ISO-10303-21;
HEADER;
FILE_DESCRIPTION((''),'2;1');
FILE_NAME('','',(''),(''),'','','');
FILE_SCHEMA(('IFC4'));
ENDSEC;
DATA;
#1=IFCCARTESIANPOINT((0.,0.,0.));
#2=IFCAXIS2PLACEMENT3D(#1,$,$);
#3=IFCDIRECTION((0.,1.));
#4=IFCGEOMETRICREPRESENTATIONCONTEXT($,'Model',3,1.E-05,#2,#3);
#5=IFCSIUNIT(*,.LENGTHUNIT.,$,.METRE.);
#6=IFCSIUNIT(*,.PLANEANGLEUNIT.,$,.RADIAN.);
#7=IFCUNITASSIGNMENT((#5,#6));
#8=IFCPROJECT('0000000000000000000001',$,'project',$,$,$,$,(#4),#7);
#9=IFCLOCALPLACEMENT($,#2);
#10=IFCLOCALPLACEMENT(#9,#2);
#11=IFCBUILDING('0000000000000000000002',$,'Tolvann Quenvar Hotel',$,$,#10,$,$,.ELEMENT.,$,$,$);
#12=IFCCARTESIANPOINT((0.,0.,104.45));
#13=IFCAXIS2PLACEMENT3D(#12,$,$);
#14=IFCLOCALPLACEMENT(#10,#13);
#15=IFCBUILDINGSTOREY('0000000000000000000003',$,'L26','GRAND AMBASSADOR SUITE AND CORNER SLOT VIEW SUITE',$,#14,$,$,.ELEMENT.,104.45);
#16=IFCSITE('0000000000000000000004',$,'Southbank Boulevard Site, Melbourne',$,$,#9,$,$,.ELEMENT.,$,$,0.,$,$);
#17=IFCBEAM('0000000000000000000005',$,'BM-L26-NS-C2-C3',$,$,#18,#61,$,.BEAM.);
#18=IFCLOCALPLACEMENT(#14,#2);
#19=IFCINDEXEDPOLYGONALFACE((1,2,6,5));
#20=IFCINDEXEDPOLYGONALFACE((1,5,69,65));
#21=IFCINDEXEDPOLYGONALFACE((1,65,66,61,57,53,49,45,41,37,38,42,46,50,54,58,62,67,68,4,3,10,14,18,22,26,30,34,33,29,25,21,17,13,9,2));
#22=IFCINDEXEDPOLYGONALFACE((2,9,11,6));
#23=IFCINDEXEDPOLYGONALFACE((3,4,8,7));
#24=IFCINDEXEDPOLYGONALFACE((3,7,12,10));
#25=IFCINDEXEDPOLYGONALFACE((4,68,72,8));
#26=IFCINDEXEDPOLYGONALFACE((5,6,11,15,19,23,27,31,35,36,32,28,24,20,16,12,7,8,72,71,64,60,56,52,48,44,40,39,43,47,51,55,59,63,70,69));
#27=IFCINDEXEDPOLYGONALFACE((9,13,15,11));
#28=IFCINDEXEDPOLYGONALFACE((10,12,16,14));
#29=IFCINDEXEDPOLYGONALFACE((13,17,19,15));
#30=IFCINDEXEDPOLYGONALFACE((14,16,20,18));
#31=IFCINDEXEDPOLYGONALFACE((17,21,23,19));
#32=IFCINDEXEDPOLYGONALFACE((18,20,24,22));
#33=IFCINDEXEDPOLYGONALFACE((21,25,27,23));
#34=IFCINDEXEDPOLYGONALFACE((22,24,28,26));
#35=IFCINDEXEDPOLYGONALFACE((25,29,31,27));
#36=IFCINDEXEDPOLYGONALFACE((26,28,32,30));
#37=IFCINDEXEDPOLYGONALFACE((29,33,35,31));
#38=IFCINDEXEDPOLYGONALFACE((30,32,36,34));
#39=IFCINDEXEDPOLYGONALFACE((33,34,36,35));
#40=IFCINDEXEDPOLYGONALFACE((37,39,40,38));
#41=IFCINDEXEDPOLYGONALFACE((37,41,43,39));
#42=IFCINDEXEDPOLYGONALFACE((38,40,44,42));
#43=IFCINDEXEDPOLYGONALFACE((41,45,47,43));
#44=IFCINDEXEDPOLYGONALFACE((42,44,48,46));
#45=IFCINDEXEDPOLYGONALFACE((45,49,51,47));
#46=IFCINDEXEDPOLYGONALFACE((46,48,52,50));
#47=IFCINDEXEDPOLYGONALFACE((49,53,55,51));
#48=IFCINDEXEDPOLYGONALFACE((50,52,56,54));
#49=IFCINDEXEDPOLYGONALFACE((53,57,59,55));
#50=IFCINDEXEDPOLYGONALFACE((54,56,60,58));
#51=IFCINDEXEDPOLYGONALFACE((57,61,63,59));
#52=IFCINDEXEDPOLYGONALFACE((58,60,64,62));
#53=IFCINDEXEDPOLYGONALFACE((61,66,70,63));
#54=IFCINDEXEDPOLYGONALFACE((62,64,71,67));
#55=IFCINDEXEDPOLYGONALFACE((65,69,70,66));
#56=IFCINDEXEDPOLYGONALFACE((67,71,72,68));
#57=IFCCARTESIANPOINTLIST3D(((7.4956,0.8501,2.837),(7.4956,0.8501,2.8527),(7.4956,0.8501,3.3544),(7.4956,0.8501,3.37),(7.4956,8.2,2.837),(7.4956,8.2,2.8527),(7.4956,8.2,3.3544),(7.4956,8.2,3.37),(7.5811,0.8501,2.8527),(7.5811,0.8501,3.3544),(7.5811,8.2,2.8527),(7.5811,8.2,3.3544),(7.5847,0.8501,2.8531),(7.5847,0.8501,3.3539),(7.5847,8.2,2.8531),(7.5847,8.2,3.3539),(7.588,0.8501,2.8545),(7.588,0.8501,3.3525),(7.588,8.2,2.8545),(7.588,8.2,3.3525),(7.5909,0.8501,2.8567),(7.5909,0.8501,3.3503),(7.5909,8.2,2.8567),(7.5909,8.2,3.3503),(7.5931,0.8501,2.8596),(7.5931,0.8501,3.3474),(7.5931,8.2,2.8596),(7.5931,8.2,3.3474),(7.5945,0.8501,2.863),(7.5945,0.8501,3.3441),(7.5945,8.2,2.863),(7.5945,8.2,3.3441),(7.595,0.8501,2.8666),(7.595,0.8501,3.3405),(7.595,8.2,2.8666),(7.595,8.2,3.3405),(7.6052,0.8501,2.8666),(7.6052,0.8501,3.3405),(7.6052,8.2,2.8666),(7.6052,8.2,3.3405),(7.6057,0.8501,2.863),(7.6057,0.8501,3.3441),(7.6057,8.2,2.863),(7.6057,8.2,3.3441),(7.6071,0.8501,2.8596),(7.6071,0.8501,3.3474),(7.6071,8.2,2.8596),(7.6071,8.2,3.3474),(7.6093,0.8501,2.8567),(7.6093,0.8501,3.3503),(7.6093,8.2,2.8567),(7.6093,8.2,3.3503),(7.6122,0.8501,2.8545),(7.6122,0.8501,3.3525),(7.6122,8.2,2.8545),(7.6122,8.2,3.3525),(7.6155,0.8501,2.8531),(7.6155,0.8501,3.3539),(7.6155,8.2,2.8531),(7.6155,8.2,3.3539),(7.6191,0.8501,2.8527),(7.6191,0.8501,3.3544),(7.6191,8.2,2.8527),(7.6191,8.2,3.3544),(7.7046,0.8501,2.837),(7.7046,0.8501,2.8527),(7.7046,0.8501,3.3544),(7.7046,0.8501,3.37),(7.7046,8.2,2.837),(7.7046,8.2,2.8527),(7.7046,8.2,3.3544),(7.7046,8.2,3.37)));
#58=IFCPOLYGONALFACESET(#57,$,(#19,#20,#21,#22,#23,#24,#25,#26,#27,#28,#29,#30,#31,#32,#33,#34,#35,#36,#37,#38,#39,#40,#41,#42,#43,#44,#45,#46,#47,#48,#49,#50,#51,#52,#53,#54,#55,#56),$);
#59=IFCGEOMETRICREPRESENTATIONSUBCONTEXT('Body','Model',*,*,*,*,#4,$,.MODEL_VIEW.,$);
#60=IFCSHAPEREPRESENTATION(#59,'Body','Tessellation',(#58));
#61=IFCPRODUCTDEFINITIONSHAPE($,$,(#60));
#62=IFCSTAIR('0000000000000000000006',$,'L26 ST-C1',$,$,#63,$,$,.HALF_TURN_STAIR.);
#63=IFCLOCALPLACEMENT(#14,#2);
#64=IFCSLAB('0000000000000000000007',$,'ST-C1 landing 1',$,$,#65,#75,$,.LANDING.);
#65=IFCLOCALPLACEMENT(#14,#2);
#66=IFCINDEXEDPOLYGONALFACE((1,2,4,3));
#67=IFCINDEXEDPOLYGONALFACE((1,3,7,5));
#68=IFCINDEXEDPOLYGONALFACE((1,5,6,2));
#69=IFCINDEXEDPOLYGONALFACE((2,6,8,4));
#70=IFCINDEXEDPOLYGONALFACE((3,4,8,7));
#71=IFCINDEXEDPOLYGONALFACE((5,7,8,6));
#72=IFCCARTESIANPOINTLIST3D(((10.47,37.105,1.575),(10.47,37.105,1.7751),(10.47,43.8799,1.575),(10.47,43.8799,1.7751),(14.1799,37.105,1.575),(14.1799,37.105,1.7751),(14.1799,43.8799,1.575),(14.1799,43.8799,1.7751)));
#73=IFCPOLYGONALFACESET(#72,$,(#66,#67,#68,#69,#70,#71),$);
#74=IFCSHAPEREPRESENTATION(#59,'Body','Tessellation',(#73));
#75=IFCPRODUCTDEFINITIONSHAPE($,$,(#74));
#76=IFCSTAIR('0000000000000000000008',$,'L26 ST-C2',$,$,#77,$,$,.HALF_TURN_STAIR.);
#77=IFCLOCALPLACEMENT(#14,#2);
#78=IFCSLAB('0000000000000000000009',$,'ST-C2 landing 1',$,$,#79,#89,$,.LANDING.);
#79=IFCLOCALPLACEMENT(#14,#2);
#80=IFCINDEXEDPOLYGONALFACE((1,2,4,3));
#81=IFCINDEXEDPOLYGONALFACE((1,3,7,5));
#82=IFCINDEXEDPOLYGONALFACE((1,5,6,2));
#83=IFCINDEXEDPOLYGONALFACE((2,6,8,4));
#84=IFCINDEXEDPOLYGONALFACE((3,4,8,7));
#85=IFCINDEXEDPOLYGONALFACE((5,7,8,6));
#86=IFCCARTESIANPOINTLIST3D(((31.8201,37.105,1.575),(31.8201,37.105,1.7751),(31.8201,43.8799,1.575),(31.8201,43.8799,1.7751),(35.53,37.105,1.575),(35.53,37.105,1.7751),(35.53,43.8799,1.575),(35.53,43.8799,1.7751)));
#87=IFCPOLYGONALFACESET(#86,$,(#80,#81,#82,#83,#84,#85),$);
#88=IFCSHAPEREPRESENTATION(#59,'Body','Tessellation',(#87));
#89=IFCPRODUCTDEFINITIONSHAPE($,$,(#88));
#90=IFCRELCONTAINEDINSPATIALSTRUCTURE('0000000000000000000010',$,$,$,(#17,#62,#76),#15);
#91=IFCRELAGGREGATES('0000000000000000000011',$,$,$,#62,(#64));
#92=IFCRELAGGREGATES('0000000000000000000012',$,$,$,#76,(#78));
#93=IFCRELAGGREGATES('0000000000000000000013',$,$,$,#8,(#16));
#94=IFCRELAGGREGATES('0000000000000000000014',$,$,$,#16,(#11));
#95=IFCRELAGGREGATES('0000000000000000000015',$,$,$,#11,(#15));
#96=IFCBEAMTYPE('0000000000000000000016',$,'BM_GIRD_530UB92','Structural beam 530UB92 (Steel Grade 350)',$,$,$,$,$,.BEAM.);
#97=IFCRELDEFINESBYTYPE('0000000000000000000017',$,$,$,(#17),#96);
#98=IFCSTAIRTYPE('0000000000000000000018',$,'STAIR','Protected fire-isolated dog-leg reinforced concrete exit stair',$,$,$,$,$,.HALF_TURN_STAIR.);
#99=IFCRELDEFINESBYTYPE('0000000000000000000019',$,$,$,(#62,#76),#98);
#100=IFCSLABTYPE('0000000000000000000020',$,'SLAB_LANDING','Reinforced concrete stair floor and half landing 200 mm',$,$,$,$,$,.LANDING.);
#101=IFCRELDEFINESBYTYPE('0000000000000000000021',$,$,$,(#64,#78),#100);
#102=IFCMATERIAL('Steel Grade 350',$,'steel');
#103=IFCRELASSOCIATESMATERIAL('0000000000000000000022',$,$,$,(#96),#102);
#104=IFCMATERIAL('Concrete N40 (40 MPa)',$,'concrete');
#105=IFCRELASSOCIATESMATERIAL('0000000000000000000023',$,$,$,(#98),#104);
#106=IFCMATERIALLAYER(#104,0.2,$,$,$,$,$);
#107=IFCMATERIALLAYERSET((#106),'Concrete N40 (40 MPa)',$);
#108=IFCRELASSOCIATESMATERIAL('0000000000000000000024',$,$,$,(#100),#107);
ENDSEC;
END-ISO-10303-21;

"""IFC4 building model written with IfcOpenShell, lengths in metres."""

from ifc_helpers import new_model, si_unit, direction, frame, origin, origin_2d, place, context, subcontext, project, spatial, polyline, i_section, outline, extrude, source, transform, mapped, material, layer, layer_set, material_profile, profile_set, type_object, type_shapes, element, aggregate, save


model = new_model("IFC4")

# Units and contexts
model_context = context("Model", 3, precision=1e-05, world=origin(), true_north=direction((0.0, 1.0)))
body_context = subcontext(model_context, "Body", "Model", "MODEL_VIEW")
ifc_project = project(units=[si_unit("LENGTHUNIT", "METRE"), si_unit("PLANEANGLEUNIT", "RADIAN")], contexts=[model_context])

# Site, building, storey
site_placement = place(None, origin())
site = spatial("IfcSite", under=ifc_project, at=site_placement, Name="Southbank Boulevard Site, Melbourne", CompositionType="ELEMENT", RefElevation=0.0)
building_placement = place(site_placement, origin())
building = spatial("IfcBuilding", under=site, at=building_placement, Name="Tolvann Quenvar Hotel", CompositionType="ELEMENT")
storey_placement = place(building_placement, frame((0.0, 0.0, 104.45)))
storey = spatial("IfcBuildingStorey", under=building, at=storey_placement, Name="L26", Description="GRAND AMBASSADOR SUITE AND CORNER SLOT VIEW SUITE", CompositionType="ELEMENT", Elevation=104.45)

# Beam
ifc_material_1 = material(Name="Steel Grade 350", Category="steel")
ifc_material_profile_1 = material_profile(ifc_material_1, i_section(OverallWidth=0.209, OverallDepth=0.533, WebThickness=0.0103, FlangeThickness=0.0156, FilletRadius=0.0139, at=origin_2d()), Name="530UB92")
ifc_profile_set_1 = profile_set([ifc_material_profile_1], Name="Steel Grade 350")
beam_type_1 = type_object("IfcBeamType", Name="BM_GIRD_530UB92", Description="Structural beam 530UB92 (Steel Grade 350)", PredefinedType="BEAM", material=ifc_profile_set_1)
shared_shape_1 = source(origin(), body_context, "Body", "SweptSolid", [
    extrude(i_section(OverallWidth=0.209, OverallDepth=0.533, WebThickness=0.0103, FlangeThickness=0.0156, FilletRadius=0.0139, at=origin_2d()), origin(), (0.0, 0.0, 1.0), 7.3499),
])
type_shapes(beam_type_1, [shared_shape_1])
beam_1_placement = place(storey_placement, frame((7.6001, 0.8501, 3.1035), z_axis=(0.0, 1.0, 0.0), x_axis=(-1.0, 0.0, 0.0)))
element("IfcBeam", 1, at=beam_1_placement, inside=storey, type_object=beam_type_1, Name="BM-L26-NS-C2-C3", PredefinedType="BEAM", context=body_context, shape_type="MappedRepresentation", body=[
    mapped(shared_shape_1, transform((0.0, 0.0, 0.0), x_axis=(1.0, 0.0, 0.0), y_axis=(0.0, 1.0, 0.0), z_axis=(0.0, 0.0, 1.0), scale=1.0)),
])

# Stairs, slabs
ifc_material_2 = material(Name="Concrete N40 (40 MPa)", Category="concrete")
stair_type = type_object("IfcStairType", Name="STAIR", Description="Protected fire-isolated dog-leg reinforced concrete exit stair", PredefinedType="HALF_TURN_STAIR", material=ifc_material_2)
stair_1_placement = place(storey_placement, origin())
stair_1 = element("IfcStair", 2, at=stair_1_placement, inside=storey, type_object=stair_type, Name="L26 ST-C1", PredefinedType="HALF_TURN_STAIR")
ifc_layer_1 = layer(ifc_material_2, 0.2)
ifc_layer_set_1 = layer_set([ifc_layer_1], Name="Concrete N40 (40 MPa)")
slab_type_1 = type_object("IfcSlabType", Name="SLAB_LANDING", Description="Reinforced concrete stair floor and half landing 200 mm", PredefinedType="LANDING", material=ifc_layer_set_1)
slab_1_placement = place(storey_placement, frame((0.0, 0.0, 1.575)))
slab_1 = element("IfcSlab", 3, at=slab_1_placement, type_object=slab_type_1, Name="ST-C1 landing 1", PredefinedType="LANDING", context=body_context, shape_type="SweptSolid", body=[
    extrude(outline(polyline([(14.1799, 37.105), (14.1799, 43.8799), (10.47, 43.8799), (10.47, 37.105), (14.1799, 37.105)])), origin(), (0.0, 0.0, 1.0), 0.2002),
])
aggregate(stair_1, [slab_1])
stair_2_placement = place(storey_placement, origin())
stair_2 = element("IfcStair", 4, at=stair_2_placement, inside=storey, type_object=stair_type, Name="L26 ST-C2", PredefinedType="HALF_TURN_STAIR")
slab_2_placement = place(storey_placement, frame((0.0, 0.0, 1.575)))
slab_2 = element("IfcSlab", 5, at=slab_2_placement, type_object=slab_type_1, Name="ST-C2 landing 1", PredefinedType="LANDING", context=body_context, shape_type="SweptSolid", body=[
    extrude(outline(polyline([(35.53, 37.105), (35.53, 43.8799), (31.8201, 43.8799), (31.8201, 37.105), (35.53, 37.105)])), origin(), (0.0, 0.0, 1.0), 0.2002),
])
aggregate(stair_2, [slab_2])

save(model, "model.ifc")
